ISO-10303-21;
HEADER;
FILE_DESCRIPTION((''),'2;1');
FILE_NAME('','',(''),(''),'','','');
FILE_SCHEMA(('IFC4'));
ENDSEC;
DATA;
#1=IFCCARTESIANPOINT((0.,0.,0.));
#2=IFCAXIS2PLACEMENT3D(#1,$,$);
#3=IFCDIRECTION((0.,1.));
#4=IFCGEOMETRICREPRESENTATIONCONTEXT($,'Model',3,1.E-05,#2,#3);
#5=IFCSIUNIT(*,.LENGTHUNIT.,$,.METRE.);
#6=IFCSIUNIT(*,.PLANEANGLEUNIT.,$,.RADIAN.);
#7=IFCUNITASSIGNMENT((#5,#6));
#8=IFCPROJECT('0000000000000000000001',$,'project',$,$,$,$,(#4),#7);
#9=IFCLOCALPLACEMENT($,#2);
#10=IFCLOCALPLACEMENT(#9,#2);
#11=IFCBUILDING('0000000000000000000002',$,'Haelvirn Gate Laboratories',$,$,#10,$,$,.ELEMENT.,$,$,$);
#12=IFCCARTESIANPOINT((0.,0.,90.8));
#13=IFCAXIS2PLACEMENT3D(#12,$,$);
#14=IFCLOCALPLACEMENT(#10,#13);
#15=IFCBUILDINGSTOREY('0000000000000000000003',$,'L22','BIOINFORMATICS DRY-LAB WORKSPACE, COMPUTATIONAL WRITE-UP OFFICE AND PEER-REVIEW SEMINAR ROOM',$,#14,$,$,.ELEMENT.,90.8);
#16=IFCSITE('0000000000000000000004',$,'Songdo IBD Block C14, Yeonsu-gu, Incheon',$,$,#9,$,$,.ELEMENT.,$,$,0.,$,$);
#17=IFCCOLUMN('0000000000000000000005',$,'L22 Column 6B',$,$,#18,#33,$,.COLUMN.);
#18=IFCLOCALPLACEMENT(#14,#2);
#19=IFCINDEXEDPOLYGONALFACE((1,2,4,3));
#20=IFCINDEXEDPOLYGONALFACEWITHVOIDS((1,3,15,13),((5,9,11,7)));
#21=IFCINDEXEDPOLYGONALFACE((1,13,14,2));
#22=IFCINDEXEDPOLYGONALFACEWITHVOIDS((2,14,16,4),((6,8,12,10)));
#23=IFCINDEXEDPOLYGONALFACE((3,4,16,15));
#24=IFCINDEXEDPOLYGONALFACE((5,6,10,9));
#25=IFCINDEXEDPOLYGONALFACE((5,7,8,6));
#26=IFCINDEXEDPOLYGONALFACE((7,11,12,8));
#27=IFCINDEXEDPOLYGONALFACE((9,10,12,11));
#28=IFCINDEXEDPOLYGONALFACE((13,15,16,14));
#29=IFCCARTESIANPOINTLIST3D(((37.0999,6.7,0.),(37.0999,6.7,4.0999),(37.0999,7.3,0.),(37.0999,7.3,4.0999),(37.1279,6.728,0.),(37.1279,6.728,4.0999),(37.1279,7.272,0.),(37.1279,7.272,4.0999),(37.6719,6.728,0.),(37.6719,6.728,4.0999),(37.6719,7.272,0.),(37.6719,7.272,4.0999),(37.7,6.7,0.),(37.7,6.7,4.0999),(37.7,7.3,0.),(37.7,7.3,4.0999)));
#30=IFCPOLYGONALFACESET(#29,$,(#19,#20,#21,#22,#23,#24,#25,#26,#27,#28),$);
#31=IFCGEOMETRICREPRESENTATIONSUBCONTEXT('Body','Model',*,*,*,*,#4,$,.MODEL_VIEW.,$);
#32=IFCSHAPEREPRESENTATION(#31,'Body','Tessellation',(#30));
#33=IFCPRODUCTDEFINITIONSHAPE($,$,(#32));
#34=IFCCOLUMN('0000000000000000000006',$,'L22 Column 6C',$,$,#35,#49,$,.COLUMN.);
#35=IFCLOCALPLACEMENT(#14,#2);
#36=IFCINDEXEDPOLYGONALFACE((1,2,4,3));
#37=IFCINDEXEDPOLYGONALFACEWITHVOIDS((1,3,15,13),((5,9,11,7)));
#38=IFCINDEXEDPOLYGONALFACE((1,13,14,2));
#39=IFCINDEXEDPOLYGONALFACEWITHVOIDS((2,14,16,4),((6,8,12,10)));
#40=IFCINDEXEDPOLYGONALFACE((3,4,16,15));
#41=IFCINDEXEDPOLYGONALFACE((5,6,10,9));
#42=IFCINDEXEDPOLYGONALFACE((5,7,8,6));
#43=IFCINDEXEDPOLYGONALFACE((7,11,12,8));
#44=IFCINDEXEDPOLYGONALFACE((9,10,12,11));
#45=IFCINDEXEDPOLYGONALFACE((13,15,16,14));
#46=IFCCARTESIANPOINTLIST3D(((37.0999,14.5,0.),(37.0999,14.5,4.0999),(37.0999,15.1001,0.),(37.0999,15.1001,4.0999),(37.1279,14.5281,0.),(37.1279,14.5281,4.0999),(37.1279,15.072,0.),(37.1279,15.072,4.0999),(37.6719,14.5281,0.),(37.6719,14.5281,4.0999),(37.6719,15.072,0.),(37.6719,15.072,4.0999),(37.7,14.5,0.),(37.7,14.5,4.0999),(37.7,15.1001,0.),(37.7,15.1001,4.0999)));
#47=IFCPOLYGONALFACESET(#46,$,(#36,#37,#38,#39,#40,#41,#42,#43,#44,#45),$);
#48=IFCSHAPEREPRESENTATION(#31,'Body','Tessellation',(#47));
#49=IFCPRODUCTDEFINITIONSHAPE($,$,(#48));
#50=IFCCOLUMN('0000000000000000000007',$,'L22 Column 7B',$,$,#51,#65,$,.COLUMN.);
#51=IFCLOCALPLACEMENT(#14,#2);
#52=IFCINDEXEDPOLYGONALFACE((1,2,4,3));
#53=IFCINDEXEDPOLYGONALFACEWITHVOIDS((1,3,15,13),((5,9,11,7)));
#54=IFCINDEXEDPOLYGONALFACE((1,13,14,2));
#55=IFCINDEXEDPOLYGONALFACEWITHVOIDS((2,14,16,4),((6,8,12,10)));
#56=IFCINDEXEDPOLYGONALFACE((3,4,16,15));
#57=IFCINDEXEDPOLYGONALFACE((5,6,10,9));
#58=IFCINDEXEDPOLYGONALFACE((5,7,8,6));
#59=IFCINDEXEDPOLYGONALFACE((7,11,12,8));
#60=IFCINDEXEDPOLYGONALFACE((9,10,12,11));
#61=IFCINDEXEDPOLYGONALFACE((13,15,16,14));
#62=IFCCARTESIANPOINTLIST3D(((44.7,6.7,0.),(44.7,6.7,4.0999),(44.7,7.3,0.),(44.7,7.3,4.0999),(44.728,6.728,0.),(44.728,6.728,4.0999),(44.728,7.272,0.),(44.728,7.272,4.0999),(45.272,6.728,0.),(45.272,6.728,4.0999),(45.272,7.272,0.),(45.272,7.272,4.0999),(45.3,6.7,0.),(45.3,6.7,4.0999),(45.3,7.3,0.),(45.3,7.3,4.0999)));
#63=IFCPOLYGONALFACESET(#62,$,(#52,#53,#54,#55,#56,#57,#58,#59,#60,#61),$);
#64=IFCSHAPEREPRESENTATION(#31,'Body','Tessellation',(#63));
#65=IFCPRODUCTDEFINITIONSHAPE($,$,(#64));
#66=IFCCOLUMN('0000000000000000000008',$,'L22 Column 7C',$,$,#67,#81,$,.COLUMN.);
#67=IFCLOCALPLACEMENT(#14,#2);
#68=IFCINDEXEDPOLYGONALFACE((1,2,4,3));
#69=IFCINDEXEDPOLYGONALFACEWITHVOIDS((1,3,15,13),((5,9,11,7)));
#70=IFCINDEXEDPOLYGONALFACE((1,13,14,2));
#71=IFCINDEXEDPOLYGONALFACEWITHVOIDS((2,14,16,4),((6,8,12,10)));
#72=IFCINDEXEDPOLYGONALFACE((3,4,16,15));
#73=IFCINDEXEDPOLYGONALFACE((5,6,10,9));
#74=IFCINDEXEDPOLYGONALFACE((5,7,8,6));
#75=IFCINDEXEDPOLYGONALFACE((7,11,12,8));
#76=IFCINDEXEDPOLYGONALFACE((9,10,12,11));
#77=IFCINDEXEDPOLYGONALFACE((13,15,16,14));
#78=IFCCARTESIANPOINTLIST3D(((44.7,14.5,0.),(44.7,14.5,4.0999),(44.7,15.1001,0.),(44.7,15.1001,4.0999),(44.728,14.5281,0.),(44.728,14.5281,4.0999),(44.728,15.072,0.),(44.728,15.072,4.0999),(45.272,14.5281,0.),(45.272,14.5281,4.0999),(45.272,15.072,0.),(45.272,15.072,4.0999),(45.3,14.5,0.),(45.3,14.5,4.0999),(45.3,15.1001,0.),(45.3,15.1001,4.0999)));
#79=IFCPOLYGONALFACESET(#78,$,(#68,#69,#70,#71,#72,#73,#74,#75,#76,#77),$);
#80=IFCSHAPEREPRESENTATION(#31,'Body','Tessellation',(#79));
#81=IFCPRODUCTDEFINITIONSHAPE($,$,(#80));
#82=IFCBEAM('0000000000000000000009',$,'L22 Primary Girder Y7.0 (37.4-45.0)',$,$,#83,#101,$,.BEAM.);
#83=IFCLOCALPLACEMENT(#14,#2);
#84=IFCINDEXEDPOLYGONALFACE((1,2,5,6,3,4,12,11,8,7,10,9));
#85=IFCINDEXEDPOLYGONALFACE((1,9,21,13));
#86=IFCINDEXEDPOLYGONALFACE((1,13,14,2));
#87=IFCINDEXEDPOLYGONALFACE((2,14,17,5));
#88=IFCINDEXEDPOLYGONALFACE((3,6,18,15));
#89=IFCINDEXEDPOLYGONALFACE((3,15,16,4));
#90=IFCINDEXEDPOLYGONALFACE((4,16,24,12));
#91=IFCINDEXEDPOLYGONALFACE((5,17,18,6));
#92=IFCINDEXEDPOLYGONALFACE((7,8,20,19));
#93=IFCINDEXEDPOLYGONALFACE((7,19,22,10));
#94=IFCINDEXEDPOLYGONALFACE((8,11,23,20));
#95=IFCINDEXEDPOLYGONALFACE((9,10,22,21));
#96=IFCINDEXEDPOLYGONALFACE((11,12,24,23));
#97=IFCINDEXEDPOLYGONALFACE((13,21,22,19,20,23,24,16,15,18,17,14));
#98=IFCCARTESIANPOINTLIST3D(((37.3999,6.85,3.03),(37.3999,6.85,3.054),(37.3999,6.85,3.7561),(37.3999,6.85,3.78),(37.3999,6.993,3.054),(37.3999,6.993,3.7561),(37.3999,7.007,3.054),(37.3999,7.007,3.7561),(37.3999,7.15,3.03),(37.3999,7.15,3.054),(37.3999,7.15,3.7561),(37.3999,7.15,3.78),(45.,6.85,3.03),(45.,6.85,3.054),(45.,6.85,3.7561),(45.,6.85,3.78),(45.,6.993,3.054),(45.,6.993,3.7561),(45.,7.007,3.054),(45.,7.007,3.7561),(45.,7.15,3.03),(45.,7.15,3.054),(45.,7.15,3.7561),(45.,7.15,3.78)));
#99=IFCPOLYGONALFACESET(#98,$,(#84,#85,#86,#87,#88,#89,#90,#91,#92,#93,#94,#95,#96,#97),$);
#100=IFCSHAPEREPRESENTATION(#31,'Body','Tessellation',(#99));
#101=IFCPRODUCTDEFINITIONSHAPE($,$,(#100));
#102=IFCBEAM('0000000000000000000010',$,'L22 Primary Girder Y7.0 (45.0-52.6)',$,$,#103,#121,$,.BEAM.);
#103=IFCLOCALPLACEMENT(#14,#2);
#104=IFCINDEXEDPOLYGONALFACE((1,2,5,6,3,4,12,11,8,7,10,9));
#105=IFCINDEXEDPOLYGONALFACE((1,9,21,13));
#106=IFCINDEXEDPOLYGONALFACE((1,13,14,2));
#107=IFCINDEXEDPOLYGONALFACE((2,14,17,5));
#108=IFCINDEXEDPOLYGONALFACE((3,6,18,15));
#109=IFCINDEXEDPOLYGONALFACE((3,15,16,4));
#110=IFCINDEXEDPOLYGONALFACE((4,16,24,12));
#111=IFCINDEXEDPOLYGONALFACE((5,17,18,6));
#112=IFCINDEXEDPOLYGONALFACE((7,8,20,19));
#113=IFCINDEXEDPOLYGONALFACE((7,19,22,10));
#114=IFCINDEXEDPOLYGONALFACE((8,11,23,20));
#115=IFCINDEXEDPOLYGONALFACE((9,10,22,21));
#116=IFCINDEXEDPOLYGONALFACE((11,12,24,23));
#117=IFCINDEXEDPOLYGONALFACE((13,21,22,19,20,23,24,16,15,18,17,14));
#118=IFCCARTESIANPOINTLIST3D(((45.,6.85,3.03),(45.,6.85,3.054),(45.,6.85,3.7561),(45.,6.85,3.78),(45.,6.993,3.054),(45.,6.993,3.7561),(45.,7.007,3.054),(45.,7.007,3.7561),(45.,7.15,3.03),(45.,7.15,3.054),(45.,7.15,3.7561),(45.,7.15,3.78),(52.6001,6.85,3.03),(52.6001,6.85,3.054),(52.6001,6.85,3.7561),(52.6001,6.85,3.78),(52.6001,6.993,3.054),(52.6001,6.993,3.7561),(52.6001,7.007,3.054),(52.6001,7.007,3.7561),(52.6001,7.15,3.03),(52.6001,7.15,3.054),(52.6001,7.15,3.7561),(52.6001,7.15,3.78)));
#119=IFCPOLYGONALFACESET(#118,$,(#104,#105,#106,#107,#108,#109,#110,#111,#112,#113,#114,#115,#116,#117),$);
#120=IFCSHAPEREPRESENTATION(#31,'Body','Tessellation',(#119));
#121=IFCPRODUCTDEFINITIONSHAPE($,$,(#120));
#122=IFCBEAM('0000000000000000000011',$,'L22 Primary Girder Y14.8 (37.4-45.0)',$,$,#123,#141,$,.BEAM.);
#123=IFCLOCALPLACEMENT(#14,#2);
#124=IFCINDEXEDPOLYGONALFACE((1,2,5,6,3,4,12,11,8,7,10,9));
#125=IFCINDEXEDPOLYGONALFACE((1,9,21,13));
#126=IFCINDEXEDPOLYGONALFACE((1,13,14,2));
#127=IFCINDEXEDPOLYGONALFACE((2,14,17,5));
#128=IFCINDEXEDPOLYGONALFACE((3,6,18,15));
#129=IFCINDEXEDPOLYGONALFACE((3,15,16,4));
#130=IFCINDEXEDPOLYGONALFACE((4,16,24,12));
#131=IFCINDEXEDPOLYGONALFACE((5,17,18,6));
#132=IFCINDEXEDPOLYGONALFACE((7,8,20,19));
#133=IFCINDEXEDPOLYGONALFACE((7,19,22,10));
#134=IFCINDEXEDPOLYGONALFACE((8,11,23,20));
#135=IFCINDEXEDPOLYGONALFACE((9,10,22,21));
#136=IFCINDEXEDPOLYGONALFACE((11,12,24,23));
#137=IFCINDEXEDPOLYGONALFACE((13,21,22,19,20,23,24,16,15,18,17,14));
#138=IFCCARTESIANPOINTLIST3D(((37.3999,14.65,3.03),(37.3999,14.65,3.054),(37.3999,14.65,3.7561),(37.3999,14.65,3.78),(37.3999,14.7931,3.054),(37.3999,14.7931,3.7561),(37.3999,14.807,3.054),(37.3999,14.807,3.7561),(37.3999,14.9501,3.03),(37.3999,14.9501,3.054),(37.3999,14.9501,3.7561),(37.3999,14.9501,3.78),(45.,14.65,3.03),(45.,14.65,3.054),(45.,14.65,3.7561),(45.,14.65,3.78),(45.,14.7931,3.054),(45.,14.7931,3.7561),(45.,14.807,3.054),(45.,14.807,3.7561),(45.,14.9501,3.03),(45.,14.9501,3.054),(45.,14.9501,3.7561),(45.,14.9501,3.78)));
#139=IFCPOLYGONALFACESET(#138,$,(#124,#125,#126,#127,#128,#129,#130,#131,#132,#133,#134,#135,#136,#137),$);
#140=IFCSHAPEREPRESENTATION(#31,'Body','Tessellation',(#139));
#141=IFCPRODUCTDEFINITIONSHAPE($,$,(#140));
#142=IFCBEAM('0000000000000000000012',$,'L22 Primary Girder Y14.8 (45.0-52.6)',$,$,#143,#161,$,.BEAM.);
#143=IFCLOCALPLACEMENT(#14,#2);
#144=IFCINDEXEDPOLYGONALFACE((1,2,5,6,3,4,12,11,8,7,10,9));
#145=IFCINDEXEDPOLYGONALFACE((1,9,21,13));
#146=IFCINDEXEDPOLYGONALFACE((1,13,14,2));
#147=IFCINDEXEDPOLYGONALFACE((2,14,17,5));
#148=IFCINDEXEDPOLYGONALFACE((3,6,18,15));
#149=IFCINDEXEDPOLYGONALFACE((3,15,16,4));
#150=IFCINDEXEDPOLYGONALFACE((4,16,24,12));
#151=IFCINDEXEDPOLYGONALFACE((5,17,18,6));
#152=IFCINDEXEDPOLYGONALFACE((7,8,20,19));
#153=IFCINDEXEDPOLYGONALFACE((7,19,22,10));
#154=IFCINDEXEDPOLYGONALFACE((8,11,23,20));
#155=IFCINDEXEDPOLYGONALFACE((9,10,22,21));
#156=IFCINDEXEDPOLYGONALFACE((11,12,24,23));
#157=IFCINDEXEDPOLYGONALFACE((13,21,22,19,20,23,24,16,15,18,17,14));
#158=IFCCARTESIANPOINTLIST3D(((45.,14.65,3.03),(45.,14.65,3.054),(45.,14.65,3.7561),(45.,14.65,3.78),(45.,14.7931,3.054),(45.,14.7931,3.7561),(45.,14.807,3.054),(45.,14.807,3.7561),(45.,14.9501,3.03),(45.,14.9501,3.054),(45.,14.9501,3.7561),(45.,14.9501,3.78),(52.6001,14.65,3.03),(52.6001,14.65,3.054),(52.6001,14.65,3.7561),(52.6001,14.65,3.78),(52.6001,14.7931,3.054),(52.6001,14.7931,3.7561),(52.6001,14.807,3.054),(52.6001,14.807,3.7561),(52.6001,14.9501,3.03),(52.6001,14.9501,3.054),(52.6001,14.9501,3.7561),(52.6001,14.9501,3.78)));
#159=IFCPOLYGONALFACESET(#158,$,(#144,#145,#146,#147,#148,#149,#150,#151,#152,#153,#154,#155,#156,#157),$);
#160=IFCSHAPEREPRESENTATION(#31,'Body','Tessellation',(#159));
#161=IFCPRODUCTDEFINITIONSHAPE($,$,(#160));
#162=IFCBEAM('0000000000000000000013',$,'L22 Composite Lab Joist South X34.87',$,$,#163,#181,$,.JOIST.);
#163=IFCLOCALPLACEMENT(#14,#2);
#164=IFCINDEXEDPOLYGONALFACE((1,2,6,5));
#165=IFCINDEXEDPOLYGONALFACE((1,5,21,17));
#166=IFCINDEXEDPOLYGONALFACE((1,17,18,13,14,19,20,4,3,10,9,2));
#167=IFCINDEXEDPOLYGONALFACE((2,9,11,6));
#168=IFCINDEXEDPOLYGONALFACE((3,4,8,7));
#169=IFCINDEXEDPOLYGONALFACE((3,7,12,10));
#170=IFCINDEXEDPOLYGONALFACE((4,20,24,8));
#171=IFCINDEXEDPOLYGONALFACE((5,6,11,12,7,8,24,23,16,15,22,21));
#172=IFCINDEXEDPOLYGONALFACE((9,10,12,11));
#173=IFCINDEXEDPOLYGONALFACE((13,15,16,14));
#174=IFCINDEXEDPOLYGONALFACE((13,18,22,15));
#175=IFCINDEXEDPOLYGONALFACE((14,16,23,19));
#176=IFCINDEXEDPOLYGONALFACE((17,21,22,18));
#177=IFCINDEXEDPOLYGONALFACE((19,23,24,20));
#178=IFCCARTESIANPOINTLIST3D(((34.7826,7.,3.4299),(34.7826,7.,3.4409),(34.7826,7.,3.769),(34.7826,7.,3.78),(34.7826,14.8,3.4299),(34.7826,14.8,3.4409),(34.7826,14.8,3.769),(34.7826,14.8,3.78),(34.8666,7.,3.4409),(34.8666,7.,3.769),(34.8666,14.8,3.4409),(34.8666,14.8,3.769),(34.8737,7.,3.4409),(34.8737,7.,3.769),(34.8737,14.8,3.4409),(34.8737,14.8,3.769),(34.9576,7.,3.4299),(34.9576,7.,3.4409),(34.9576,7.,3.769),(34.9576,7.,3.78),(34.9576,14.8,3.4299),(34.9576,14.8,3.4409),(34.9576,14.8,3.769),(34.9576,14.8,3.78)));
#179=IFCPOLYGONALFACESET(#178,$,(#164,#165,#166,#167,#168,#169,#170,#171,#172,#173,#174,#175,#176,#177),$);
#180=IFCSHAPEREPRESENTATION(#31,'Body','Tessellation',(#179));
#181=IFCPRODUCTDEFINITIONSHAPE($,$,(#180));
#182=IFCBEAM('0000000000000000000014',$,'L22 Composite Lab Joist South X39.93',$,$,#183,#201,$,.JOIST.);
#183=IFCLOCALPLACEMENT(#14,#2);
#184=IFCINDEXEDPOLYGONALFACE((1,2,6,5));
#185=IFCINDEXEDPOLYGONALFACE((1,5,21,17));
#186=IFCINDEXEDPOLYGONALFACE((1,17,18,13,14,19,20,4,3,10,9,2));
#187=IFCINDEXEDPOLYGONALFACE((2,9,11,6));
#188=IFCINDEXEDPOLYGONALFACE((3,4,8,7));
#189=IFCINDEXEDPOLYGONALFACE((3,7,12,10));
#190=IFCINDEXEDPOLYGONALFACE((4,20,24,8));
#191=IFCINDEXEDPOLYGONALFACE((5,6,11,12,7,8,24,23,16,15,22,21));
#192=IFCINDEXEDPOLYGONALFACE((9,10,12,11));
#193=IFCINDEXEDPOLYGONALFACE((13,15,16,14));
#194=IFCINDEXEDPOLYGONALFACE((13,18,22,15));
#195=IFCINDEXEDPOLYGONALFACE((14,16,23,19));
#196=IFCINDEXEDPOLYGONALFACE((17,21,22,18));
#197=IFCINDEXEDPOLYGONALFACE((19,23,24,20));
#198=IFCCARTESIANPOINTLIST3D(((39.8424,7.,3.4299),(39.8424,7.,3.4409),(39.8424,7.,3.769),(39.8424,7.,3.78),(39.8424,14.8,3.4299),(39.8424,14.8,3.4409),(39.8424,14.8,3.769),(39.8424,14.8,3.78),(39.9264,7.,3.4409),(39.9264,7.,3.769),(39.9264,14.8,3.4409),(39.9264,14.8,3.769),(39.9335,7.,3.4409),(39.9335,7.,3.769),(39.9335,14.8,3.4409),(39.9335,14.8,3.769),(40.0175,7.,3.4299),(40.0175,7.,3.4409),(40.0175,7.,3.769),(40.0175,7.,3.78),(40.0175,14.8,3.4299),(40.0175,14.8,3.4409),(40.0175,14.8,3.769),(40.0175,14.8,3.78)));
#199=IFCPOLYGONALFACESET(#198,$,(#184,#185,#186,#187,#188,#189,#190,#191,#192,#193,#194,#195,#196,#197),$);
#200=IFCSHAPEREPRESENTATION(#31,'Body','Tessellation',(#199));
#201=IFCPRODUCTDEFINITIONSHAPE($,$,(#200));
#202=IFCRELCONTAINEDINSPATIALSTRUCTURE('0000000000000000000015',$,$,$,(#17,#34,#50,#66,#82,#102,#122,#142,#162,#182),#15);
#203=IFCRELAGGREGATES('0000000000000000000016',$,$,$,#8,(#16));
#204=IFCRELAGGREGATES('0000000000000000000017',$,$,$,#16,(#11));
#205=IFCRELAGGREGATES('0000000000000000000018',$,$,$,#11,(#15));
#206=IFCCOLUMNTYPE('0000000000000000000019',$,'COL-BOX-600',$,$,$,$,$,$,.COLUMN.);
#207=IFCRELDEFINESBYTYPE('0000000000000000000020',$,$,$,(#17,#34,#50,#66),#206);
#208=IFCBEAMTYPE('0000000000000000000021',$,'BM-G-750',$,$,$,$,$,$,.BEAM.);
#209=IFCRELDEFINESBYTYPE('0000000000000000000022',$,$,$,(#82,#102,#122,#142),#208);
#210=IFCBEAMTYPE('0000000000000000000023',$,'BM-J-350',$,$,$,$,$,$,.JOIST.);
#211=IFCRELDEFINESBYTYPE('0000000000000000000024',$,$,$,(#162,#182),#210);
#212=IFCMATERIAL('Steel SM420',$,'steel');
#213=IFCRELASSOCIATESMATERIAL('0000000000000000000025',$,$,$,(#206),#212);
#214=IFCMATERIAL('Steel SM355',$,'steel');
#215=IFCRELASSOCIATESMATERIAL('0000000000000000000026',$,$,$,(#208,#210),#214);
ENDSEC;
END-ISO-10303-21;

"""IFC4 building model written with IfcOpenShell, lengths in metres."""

from ifc_helpers import new_model, si_unit, direction, frame, origin, origin_2d, place, context, subcontext, project, spatial, hollow_rectangle, i_section, extrude, source, transform, mapped, material, material_profile, profile_set, type_object, type_shapes, element, save


model = new_model("IFC4")

# Units and contexts
model_context = context("Model", 3, precision=1e-05, world=origin(), true_north=direction((0.0, 1.0)))
body_context = subcontext(model_context, "Body", "Model", "MODEL_VIEW")
ifc_project = project(units=[si_unit("LENGTHUNIT", "METRE"), si_unit("PLANEANGLEUNIT", "RADIAN")], contexts=[model_context])

# Site, building, storey
site_placement = place(None, origin())
site = spatial("IfcSite", under=ifc_project, at=site_placement, Name="Songdo IBD Block C14, Yeonsu-gu, Incheon", CompositionType="ELEMENT", RefElevation=0.0)
building_placement = place(site_placement, origin())
building = spatial("IfcBuilding", under=site, at=building_placement, Name="Haelvirn Gate Laboratories", CompositionType="ELEMENT")
storey_placement = place(building_placement, frame((0.0, 0.0, 90.8)))
storey = spatial("IfcBuildingStorey", under=building, at=storey_placement, Name="L22", Description="BIOINFORMATICS DRY-LAB WORKSPACE, COMPUTATIONAL WRITE-UP OFFICE AND PEER-REVIEW SEMINAR ROOM", CompositionType="ELEMENT", Elevation=90.8)

# Columns
ifc_material_1 = material(Name="Steel SM420", Category="steel")
ifc_material_profile_1 = material_profile(ifc_material_1, hollow_rectangle(XDim=0.6001, YDim=0.6001, WallThickness=0.0281, at=origin_2d()), Name="BOX-600x600x28")
ifc_profile_set_1 = profile_set([ifc_material_profile_1], Name="Steel SM420")
column_type = type_object("IfcColumnType", Name="COL-BOX-600", PredefinedType="COLUMN", material=ifc_profile_set_1)
shared_shape_1 = source(origin(), body_context, "Body", "SweptSolid", [
    extrude(hollow_rectangle(XDim=0.6001, YDim=0.6001, WallThickness=0.0281, at=origin_2d()), origin(), (0.0, 0.0, 1.0), 4.0999),
])
type_shapes(column_type, [shared_shape_1])
for number, where, z_axis, x_axis, name in (
    (1, (37.3999, 7.0, 0.0), (0.0, 0.0, 1.0), (1.0, 0.0, 0.0), "L22 Column 6B"),
    (2, (37.3999, 14.8, 0.0), (0.0, 0.0, 1.0), (1.0, 0.0, 0.0), "L22 Column 6C"),
    (3, (45.0, 7.0, 0.0), (0.0, 0.0, 1.0), (1.0, 0.0, 0.0), "L22 Column 7B"),
    (4, (45.0, 14.8, 0.0), (0.0, 0.0, 1.0), (1.0, 0.0, 0.0), "L22 Column 7C"),
):
    element("IfcColumn", number, at=place(storey_placement, frame(where, z_axis=z_axis, x_axis=x_axis)), inside=storey, type_object=column_type, Name=name, PredefinedType="COLUMN", context=body_context, shape_type="MappedRepresentation", body=[
        mapped(shared_shape_1, transform((0.0, 0.0, 0.0), scale=1.0)),
    ])

# Beams
ifc_material_2 = material(Name="Steel SM355", Category="steel")
ifc_material_profile_2 = material_profile(ifc_material_2, i_section(OverallWidth=0.3, OverallDepth=0.75, WebThickness=0.0139, FlangeThickness=0.0239, at=origin_2d()), Name="H-750x300x14x24")
ifc_profile_set_2 = profile_set([ifc_material_profile_2], Name="Steel SM355")
beam_type_1 = type_object("IfcBeamType", Name="BM-G-750", PredefinedType="BEAM", material=ifc_profile_set_2)
shared_shape_2 = source(origin(), body_context, "Body", "SweptSolid", [
    extrude(i_section(OverallWidth=0.3, OverallDepth=0.75, WebThickness=0.0139, FlangeThickness=0.0239, at=origin_2d()), origin(), (0.0, 0.0, 1.0), 7.6001),
])
type_shapes(beam_type_1, [shared_shape_2])
for number, where, z_axis, x_axis, name in (
    (5, (37.3999, 7.0, 3.405), (1.0, 0.0, 0.0), (0.0, 1.0, 0.0), "L22 Primary Girder Y7.0 (37.4-45.0)"),
    (6, (45.0, 7.0, 3.405), (1.0, 0.0, 0.0), (0.0, 1.0, 0.0), "L22 Primary Girder Y7.0 (45.0-52.6)"),
    (7, (37.3999, 14.8, 3.405), (1.0, 0.0, 0.0), (0.0, 1.0, 0.0), "L22 Primary Girder Y14.8 (37.4-45.0)"),
    (8, (45.0, 14.8, 3.405), (1.0, 0.0, 0.0), (0.0, 1.0, 0.0), "L22 Primary Girder Y14.8 (45.0-52.6)"),
):
    element("IfcBeam", number, at=place(storey_placement, frame(where, z_axis=z_axis, x_axis=x_axis)), inside=storey, type_object=beam_type_1, Name=name, PredefinedType="BEAM", context=body_context, shape_type="MappedRepresentation", body=[
        mapped(shared_shape_2, transform((0.0, 0.0, 0.0), scale=1.0)),
    ])
ifc_material_profile_3 = material_profile(ifc_material_2, i_section(OverallWidth=0.175, OverallDepth=0.3501, WebThickness=0.0071, FlangeThickness=0.011, at=origin_2d()), Name="H-350x175x7x11")
ifc_profile_set_3 = profile_set([ifc_material_profile_3], Name="Steel SM355")
beam_type_2 = type_object("IfcBeamType", Name="BM-J-350", PredefinedType="JOIST", material=ifc_profile_set_3)
shared_shape_3 = source(origin(), body_context, "Body", "SweptSolid", [
    extrude(i_section(OverallWidth=0.175, OverallDepth=0.3501, WebThickness=0.0071, FlangeThickness=0.011, at=origin_2d()), origin(), (0.0, 0.0, 1.0), 7.8),
])
type_shapes(beam_type_2, [shared_shape_3])
for number, where, z_axis, x_axis, name in (
    (9, (34.8701, 7.0, 3.605), (0.0, 1.0, 0.0), (-1.0, 0.0, 0.0), "L22 Composite Lab Joist South X34.87"),
    (10, (39.9299, 7.0, 3.605), (0.0, 1.0, 0.0), (-1.0, 0.0, 0.0), "L22 Composite Lab Joist South X39.93"),
):
    element("IfcBeam", number, at=place(storey_placement, frame(where, z_axis=z_axis, x_axis=x_axis)), inside=storey, type_object=beam_type_2, Name=name, PredefinedType="JOIST", context=body_context, shape_type="MappedRepresentation", body=[
        mapped(shared_shape_3, transform((0.0, 0.0, 0.0), scale=1.0)),
    ])

save(model, "model.ifc")
